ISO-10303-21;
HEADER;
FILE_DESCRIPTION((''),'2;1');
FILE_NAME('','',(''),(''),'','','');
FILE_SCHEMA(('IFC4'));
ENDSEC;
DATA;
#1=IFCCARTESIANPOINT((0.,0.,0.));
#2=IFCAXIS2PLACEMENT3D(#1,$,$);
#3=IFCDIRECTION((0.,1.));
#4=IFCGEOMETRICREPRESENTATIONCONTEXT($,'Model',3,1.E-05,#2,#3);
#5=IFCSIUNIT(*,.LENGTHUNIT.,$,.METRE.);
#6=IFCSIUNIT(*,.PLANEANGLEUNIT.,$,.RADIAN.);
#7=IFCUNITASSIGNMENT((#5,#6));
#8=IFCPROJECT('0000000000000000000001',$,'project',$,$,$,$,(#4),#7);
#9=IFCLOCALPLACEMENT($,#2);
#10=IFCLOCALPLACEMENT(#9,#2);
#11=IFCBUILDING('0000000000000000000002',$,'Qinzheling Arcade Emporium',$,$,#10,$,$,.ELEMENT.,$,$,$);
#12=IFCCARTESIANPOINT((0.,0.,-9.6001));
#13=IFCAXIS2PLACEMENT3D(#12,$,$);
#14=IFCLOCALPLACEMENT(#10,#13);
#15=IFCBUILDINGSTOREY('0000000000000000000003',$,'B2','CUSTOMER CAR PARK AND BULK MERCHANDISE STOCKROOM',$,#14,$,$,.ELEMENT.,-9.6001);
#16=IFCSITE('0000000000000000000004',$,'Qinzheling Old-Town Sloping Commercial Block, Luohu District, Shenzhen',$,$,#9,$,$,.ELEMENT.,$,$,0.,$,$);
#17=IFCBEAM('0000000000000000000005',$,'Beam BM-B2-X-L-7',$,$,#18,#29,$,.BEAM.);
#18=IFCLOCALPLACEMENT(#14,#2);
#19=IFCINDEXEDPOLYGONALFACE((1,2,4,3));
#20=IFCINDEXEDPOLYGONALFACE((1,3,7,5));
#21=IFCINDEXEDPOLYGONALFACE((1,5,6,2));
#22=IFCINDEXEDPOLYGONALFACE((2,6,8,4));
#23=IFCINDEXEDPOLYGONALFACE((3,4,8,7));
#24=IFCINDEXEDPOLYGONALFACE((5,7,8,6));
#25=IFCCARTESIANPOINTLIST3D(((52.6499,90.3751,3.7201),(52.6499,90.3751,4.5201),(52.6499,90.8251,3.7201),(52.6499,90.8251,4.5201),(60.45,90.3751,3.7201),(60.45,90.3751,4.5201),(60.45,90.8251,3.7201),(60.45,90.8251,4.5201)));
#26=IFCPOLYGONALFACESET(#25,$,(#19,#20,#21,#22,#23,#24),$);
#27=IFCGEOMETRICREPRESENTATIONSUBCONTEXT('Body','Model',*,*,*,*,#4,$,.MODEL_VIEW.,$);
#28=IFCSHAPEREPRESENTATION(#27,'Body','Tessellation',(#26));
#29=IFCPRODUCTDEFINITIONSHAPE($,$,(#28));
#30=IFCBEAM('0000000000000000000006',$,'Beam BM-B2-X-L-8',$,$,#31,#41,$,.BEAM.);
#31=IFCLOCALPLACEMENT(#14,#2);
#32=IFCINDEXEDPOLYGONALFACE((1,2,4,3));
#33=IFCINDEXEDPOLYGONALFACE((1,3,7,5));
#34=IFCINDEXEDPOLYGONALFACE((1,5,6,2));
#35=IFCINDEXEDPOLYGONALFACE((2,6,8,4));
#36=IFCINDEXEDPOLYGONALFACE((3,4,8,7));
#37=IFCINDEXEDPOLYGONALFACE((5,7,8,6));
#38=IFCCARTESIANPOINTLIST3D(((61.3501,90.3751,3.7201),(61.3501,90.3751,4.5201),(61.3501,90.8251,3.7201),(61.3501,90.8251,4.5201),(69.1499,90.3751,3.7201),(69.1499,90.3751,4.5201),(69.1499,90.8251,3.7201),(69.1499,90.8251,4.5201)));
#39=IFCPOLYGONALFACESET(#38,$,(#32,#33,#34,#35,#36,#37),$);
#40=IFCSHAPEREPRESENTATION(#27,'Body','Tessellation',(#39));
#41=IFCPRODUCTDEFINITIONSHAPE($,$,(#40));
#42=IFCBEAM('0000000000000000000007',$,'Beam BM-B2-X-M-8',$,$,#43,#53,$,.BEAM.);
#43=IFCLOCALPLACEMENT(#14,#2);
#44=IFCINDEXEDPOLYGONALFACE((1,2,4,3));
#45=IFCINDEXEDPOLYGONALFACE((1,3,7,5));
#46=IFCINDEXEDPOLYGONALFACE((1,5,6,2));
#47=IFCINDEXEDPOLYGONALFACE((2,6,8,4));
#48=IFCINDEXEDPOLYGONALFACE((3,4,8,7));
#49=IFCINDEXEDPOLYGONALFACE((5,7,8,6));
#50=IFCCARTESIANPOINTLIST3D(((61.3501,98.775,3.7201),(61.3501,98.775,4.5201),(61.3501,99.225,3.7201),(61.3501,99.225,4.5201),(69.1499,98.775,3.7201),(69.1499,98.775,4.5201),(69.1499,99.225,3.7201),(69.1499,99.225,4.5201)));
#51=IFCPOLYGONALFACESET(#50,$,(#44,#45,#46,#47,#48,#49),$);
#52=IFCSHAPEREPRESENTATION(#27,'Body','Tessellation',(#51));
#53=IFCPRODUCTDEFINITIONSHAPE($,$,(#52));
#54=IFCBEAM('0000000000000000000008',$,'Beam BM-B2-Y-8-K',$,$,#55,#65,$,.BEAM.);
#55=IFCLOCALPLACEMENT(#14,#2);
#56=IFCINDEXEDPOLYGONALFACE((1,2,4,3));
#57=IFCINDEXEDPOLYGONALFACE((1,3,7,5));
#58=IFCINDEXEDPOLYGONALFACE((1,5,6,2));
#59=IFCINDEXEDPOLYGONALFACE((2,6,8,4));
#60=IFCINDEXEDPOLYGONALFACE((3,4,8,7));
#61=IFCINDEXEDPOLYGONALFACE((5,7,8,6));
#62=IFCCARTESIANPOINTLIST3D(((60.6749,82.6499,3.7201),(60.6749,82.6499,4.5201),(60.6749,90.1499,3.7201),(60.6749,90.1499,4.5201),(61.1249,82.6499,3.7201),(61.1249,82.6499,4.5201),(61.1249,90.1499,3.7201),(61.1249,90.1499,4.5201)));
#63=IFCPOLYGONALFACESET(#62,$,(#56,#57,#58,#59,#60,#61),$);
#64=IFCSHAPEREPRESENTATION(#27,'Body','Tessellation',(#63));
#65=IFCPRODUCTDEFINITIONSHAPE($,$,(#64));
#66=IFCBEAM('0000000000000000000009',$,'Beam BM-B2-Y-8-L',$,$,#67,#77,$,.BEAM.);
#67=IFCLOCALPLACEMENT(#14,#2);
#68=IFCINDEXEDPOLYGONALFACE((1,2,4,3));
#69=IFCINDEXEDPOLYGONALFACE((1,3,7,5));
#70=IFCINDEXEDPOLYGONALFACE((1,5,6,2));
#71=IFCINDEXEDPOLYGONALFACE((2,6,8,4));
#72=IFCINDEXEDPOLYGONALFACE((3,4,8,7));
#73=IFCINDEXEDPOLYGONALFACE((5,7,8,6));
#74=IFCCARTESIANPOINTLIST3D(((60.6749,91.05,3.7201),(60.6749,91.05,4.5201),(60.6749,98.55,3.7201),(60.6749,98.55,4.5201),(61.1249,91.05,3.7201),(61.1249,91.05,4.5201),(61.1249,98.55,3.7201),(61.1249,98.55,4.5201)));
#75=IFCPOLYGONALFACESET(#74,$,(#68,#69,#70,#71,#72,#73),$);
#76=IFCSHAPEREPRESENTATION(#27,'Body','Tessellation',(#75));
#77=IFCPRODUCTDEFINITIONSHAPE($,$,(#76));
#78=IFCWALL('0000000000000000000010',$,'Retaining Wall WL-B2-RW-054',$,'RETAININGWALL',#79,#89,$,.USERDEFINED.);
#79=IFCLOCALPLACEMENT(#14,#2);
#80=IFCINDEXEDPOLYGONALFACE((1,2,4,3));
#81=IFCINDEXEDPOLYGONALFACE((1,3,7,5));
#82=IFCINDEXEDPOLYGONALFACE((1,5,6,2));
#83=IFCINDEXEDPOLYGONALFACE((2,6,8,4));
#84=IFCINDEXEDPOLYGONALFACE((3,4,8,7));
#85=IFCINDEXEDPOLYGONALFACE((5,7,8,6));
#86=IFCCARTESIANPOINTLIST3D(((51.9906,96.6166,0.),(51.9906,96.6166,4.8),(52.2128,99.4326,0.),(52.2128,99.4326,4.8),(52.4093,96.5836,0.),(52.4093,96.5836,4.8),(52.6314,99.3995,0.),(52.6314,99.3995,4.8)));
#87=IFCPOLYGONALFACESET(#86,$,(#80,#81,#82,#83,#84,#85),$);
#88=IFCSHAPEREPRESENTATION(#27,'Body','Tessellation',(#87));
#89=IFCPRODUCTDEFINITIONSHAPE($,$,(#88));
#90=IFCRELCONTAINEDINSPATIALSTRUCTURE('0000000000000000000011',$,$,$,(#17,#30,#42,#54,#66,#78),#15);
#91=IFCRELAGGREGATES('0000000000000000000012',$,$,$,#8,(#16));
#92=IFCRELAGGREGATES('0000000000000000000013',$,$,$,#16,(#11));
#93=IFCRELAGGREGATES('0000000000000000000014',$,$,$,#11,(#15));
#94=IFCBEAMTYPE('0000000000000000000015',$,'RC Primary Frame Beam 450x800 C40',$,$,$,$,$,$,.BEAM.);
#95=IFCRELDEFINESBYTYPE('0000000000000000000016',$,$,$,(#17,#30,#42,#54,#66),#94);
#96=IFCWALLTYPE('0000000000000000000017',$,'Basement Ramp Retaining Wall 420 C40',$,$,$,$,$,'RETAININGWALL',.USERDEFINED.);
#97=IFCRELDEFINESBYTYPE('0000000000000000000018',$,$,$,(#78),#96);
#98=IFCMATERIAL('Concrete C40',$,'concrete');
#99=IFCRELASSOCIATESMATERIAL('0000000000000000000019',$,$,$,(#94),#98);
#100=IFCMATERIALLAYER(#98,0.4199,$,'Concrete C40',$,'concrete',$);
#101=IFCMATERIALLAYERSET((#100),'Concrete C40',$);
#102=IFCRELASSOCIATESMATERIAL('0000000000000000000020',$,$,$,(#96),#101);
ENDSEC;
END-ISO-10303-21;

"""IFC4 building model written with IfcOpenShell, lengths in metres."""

from ifc_helpers import new_model, si_unit, direction, frame, frame_2d, origin, origin_2d, place, context, subcontext, project, spatial, rectangle, extrude, material, layer, layer_set, material_profile, profile_set, type_object, element, save


model = new_model("IFC4")

# Units and contexts
model_context = context("Model", 3, precision=1e-05, world=origin(), true_north=direction((0.0, 1.0)))
body_context = subcontext(model_context, "Body", "Model", "MODEL_VIEW")
ifc_project = project(units=[si_unit("LENGTHUNIT", "METRE"), si_unit("PLANEANGLEUNIT", "RADIAN")], contexts=[model_context])

# Site, building, storey
site_placement = place(None, origin())
site = spatial("IfcSite", under=ifc_project, at=site_placement, Name="Qinzheling Old-Town Sloping Commercial Block, Luohu District, Shenzhen", CompositionType="ELEMENT", RefElevation=0.0)
building_placement = place(site_placement, origin())
building = spatial("IfcBuilding", under=site, at=building_placement, Name="Qinzheling Arcade Emporium", CompositionType="ELEMENT")
storey_placement = place(building_placement, frame((0.0, 0.0, -9.6001)))
storey = spatial("IfcBuildingStorey", under=building, at=storey_placement, Name="B2", Description="CUSTOMER CAR PARK AND BULK MERCHANDISE STOCKROOM", CompositionType="ELEMENT", Elevation=-9.6001)

# Shared definitions
ifc_material_1 = material(Name="Concrete C40", Category="concrete")

# Beams
ifc_material_profile_1 = material_profile(ifc_material_1, rectangle(XDim=0.45, YDim=0.8, at=origin_2d()), Name="RC 450x800", Category="concrete")
ifc_profile_set_1 = profile_set([ifc_material_profile_1], Name="Concrete C40")
beam_type = type_object("IfcBeamType", Name="RC Primary Frame Beam 450x800 C40", PredefinedType="BEAM", material=ifc_profile_set_1)
beam_1_placement = place(storey_placement, frame((52.6499, 90.6001, 4.1201), z_axis=(1.0, 0.0, 0.0), x_axis=(0.0, 1.0, 0.0)))
element("IfcBeam", 1, at=beam_1_placement, inside=storey, type_object=beam_type, Name="Beam BM-B2-X-L-7", PredefinedType="BEAM", context=body_context, shape_type="SweptSolid", body=[
    extrude(rectangle(XDim=0.45, YDim=0.8, at=origin_2d()), origin(), (0.0, 0.0, 1.0), 7.8),
])
for number, where, z_axis, x_axis, name in (
    (2, (61.3501, 90.6001, 4.1201), (1.0, 0.0, 0.0), (0.0, 1.0, 0.0), "Beam BM-B2-X-L-8"),
    (3, (61.3501, 99.0, 4.1201), (1.0, 0.0, 0.0), (0.0, 1.0, 0.0), "Beam BM-B2-X-M-8"),
):
    element("IfcBeam", number, at=place(storey_placement, frame(where, z_axis=z_axis, x_axis=x_axis)), inside=storey, type_object=beam_type, Name=name, PredefinedType="BEAM", context=body_context, shape_type="SweptSolid", body=[
        extrude(rectangle(XDim=0.45, YDim=0.8, at=origin_2d()), origin(), (0.0, 0.0, 1.0), 7.7998),
    ])
for number, where, z_axis, x_axis, name in (
    (4, (60.8999, 82.6499, 4.1201), (0.0, 1.0, 0.0), (-1.0, 0.0, 0.0), "Beam BM-B2-Y-8-K"),
    (5, (60.8999, 91.05, 4.1201), (0.0, 1.0, 0.0), (-1.0, 0.0, 0.0), "Beam BM-B2-Y-8-L"),
):
    element("IfcBeam", number, at=place(storey_placement, frame(where, z_axis=z_axis, x_axis=x_axis)), inside=storey, type_object=beam_type, Name=name, PredefinedType="BEAM", context=body_context, shape_type="SweptSolid", body=[
        extrude(rectangle(XDim=0.45, YDim=0.8, at=origin_2d()), origin(), (0.0, 0.0, 1.0), 7.5),
    ])

# Wall
ifc_layer = layer(ifc_material_1, 0.4199, Name="Concrete C40", Category="concrete")
ifc_layer_set = layer_set([ifc_layer], Name="Concrete C40")
wall_type = type_object("IfcWallType", Name="Basement Ramp Retaining Wall 420 C40", ElementType="RETAININGWALL", PredefinedType="USERDEFINED", material=ifc_layer_set)
wall_placement = place(storey_placement, frame((52.2, 96.6001, 0.0), z_axis=(0.0, 0.0, 1.0), x_axis=(0.078653, 0.996902, 0.0)))
element("IfcWall", 6, at=wall_placement, inside=storey, type_object=wall_type, Name="Retaining Wall WL-B2-RW-054", ObjectType="RETAININGWALL", PredefinedType="USERDEFINED", context=body_context, shape_type="SweptSolid", body=[
    extrude(rectangle(XDim=2.8247, YDim=0.4199, at=frame_2d((1.4124, 0.0))), origin(), (0.0, 0.0, 1.0), 4.8),
])

save(model, "model.ifc")
